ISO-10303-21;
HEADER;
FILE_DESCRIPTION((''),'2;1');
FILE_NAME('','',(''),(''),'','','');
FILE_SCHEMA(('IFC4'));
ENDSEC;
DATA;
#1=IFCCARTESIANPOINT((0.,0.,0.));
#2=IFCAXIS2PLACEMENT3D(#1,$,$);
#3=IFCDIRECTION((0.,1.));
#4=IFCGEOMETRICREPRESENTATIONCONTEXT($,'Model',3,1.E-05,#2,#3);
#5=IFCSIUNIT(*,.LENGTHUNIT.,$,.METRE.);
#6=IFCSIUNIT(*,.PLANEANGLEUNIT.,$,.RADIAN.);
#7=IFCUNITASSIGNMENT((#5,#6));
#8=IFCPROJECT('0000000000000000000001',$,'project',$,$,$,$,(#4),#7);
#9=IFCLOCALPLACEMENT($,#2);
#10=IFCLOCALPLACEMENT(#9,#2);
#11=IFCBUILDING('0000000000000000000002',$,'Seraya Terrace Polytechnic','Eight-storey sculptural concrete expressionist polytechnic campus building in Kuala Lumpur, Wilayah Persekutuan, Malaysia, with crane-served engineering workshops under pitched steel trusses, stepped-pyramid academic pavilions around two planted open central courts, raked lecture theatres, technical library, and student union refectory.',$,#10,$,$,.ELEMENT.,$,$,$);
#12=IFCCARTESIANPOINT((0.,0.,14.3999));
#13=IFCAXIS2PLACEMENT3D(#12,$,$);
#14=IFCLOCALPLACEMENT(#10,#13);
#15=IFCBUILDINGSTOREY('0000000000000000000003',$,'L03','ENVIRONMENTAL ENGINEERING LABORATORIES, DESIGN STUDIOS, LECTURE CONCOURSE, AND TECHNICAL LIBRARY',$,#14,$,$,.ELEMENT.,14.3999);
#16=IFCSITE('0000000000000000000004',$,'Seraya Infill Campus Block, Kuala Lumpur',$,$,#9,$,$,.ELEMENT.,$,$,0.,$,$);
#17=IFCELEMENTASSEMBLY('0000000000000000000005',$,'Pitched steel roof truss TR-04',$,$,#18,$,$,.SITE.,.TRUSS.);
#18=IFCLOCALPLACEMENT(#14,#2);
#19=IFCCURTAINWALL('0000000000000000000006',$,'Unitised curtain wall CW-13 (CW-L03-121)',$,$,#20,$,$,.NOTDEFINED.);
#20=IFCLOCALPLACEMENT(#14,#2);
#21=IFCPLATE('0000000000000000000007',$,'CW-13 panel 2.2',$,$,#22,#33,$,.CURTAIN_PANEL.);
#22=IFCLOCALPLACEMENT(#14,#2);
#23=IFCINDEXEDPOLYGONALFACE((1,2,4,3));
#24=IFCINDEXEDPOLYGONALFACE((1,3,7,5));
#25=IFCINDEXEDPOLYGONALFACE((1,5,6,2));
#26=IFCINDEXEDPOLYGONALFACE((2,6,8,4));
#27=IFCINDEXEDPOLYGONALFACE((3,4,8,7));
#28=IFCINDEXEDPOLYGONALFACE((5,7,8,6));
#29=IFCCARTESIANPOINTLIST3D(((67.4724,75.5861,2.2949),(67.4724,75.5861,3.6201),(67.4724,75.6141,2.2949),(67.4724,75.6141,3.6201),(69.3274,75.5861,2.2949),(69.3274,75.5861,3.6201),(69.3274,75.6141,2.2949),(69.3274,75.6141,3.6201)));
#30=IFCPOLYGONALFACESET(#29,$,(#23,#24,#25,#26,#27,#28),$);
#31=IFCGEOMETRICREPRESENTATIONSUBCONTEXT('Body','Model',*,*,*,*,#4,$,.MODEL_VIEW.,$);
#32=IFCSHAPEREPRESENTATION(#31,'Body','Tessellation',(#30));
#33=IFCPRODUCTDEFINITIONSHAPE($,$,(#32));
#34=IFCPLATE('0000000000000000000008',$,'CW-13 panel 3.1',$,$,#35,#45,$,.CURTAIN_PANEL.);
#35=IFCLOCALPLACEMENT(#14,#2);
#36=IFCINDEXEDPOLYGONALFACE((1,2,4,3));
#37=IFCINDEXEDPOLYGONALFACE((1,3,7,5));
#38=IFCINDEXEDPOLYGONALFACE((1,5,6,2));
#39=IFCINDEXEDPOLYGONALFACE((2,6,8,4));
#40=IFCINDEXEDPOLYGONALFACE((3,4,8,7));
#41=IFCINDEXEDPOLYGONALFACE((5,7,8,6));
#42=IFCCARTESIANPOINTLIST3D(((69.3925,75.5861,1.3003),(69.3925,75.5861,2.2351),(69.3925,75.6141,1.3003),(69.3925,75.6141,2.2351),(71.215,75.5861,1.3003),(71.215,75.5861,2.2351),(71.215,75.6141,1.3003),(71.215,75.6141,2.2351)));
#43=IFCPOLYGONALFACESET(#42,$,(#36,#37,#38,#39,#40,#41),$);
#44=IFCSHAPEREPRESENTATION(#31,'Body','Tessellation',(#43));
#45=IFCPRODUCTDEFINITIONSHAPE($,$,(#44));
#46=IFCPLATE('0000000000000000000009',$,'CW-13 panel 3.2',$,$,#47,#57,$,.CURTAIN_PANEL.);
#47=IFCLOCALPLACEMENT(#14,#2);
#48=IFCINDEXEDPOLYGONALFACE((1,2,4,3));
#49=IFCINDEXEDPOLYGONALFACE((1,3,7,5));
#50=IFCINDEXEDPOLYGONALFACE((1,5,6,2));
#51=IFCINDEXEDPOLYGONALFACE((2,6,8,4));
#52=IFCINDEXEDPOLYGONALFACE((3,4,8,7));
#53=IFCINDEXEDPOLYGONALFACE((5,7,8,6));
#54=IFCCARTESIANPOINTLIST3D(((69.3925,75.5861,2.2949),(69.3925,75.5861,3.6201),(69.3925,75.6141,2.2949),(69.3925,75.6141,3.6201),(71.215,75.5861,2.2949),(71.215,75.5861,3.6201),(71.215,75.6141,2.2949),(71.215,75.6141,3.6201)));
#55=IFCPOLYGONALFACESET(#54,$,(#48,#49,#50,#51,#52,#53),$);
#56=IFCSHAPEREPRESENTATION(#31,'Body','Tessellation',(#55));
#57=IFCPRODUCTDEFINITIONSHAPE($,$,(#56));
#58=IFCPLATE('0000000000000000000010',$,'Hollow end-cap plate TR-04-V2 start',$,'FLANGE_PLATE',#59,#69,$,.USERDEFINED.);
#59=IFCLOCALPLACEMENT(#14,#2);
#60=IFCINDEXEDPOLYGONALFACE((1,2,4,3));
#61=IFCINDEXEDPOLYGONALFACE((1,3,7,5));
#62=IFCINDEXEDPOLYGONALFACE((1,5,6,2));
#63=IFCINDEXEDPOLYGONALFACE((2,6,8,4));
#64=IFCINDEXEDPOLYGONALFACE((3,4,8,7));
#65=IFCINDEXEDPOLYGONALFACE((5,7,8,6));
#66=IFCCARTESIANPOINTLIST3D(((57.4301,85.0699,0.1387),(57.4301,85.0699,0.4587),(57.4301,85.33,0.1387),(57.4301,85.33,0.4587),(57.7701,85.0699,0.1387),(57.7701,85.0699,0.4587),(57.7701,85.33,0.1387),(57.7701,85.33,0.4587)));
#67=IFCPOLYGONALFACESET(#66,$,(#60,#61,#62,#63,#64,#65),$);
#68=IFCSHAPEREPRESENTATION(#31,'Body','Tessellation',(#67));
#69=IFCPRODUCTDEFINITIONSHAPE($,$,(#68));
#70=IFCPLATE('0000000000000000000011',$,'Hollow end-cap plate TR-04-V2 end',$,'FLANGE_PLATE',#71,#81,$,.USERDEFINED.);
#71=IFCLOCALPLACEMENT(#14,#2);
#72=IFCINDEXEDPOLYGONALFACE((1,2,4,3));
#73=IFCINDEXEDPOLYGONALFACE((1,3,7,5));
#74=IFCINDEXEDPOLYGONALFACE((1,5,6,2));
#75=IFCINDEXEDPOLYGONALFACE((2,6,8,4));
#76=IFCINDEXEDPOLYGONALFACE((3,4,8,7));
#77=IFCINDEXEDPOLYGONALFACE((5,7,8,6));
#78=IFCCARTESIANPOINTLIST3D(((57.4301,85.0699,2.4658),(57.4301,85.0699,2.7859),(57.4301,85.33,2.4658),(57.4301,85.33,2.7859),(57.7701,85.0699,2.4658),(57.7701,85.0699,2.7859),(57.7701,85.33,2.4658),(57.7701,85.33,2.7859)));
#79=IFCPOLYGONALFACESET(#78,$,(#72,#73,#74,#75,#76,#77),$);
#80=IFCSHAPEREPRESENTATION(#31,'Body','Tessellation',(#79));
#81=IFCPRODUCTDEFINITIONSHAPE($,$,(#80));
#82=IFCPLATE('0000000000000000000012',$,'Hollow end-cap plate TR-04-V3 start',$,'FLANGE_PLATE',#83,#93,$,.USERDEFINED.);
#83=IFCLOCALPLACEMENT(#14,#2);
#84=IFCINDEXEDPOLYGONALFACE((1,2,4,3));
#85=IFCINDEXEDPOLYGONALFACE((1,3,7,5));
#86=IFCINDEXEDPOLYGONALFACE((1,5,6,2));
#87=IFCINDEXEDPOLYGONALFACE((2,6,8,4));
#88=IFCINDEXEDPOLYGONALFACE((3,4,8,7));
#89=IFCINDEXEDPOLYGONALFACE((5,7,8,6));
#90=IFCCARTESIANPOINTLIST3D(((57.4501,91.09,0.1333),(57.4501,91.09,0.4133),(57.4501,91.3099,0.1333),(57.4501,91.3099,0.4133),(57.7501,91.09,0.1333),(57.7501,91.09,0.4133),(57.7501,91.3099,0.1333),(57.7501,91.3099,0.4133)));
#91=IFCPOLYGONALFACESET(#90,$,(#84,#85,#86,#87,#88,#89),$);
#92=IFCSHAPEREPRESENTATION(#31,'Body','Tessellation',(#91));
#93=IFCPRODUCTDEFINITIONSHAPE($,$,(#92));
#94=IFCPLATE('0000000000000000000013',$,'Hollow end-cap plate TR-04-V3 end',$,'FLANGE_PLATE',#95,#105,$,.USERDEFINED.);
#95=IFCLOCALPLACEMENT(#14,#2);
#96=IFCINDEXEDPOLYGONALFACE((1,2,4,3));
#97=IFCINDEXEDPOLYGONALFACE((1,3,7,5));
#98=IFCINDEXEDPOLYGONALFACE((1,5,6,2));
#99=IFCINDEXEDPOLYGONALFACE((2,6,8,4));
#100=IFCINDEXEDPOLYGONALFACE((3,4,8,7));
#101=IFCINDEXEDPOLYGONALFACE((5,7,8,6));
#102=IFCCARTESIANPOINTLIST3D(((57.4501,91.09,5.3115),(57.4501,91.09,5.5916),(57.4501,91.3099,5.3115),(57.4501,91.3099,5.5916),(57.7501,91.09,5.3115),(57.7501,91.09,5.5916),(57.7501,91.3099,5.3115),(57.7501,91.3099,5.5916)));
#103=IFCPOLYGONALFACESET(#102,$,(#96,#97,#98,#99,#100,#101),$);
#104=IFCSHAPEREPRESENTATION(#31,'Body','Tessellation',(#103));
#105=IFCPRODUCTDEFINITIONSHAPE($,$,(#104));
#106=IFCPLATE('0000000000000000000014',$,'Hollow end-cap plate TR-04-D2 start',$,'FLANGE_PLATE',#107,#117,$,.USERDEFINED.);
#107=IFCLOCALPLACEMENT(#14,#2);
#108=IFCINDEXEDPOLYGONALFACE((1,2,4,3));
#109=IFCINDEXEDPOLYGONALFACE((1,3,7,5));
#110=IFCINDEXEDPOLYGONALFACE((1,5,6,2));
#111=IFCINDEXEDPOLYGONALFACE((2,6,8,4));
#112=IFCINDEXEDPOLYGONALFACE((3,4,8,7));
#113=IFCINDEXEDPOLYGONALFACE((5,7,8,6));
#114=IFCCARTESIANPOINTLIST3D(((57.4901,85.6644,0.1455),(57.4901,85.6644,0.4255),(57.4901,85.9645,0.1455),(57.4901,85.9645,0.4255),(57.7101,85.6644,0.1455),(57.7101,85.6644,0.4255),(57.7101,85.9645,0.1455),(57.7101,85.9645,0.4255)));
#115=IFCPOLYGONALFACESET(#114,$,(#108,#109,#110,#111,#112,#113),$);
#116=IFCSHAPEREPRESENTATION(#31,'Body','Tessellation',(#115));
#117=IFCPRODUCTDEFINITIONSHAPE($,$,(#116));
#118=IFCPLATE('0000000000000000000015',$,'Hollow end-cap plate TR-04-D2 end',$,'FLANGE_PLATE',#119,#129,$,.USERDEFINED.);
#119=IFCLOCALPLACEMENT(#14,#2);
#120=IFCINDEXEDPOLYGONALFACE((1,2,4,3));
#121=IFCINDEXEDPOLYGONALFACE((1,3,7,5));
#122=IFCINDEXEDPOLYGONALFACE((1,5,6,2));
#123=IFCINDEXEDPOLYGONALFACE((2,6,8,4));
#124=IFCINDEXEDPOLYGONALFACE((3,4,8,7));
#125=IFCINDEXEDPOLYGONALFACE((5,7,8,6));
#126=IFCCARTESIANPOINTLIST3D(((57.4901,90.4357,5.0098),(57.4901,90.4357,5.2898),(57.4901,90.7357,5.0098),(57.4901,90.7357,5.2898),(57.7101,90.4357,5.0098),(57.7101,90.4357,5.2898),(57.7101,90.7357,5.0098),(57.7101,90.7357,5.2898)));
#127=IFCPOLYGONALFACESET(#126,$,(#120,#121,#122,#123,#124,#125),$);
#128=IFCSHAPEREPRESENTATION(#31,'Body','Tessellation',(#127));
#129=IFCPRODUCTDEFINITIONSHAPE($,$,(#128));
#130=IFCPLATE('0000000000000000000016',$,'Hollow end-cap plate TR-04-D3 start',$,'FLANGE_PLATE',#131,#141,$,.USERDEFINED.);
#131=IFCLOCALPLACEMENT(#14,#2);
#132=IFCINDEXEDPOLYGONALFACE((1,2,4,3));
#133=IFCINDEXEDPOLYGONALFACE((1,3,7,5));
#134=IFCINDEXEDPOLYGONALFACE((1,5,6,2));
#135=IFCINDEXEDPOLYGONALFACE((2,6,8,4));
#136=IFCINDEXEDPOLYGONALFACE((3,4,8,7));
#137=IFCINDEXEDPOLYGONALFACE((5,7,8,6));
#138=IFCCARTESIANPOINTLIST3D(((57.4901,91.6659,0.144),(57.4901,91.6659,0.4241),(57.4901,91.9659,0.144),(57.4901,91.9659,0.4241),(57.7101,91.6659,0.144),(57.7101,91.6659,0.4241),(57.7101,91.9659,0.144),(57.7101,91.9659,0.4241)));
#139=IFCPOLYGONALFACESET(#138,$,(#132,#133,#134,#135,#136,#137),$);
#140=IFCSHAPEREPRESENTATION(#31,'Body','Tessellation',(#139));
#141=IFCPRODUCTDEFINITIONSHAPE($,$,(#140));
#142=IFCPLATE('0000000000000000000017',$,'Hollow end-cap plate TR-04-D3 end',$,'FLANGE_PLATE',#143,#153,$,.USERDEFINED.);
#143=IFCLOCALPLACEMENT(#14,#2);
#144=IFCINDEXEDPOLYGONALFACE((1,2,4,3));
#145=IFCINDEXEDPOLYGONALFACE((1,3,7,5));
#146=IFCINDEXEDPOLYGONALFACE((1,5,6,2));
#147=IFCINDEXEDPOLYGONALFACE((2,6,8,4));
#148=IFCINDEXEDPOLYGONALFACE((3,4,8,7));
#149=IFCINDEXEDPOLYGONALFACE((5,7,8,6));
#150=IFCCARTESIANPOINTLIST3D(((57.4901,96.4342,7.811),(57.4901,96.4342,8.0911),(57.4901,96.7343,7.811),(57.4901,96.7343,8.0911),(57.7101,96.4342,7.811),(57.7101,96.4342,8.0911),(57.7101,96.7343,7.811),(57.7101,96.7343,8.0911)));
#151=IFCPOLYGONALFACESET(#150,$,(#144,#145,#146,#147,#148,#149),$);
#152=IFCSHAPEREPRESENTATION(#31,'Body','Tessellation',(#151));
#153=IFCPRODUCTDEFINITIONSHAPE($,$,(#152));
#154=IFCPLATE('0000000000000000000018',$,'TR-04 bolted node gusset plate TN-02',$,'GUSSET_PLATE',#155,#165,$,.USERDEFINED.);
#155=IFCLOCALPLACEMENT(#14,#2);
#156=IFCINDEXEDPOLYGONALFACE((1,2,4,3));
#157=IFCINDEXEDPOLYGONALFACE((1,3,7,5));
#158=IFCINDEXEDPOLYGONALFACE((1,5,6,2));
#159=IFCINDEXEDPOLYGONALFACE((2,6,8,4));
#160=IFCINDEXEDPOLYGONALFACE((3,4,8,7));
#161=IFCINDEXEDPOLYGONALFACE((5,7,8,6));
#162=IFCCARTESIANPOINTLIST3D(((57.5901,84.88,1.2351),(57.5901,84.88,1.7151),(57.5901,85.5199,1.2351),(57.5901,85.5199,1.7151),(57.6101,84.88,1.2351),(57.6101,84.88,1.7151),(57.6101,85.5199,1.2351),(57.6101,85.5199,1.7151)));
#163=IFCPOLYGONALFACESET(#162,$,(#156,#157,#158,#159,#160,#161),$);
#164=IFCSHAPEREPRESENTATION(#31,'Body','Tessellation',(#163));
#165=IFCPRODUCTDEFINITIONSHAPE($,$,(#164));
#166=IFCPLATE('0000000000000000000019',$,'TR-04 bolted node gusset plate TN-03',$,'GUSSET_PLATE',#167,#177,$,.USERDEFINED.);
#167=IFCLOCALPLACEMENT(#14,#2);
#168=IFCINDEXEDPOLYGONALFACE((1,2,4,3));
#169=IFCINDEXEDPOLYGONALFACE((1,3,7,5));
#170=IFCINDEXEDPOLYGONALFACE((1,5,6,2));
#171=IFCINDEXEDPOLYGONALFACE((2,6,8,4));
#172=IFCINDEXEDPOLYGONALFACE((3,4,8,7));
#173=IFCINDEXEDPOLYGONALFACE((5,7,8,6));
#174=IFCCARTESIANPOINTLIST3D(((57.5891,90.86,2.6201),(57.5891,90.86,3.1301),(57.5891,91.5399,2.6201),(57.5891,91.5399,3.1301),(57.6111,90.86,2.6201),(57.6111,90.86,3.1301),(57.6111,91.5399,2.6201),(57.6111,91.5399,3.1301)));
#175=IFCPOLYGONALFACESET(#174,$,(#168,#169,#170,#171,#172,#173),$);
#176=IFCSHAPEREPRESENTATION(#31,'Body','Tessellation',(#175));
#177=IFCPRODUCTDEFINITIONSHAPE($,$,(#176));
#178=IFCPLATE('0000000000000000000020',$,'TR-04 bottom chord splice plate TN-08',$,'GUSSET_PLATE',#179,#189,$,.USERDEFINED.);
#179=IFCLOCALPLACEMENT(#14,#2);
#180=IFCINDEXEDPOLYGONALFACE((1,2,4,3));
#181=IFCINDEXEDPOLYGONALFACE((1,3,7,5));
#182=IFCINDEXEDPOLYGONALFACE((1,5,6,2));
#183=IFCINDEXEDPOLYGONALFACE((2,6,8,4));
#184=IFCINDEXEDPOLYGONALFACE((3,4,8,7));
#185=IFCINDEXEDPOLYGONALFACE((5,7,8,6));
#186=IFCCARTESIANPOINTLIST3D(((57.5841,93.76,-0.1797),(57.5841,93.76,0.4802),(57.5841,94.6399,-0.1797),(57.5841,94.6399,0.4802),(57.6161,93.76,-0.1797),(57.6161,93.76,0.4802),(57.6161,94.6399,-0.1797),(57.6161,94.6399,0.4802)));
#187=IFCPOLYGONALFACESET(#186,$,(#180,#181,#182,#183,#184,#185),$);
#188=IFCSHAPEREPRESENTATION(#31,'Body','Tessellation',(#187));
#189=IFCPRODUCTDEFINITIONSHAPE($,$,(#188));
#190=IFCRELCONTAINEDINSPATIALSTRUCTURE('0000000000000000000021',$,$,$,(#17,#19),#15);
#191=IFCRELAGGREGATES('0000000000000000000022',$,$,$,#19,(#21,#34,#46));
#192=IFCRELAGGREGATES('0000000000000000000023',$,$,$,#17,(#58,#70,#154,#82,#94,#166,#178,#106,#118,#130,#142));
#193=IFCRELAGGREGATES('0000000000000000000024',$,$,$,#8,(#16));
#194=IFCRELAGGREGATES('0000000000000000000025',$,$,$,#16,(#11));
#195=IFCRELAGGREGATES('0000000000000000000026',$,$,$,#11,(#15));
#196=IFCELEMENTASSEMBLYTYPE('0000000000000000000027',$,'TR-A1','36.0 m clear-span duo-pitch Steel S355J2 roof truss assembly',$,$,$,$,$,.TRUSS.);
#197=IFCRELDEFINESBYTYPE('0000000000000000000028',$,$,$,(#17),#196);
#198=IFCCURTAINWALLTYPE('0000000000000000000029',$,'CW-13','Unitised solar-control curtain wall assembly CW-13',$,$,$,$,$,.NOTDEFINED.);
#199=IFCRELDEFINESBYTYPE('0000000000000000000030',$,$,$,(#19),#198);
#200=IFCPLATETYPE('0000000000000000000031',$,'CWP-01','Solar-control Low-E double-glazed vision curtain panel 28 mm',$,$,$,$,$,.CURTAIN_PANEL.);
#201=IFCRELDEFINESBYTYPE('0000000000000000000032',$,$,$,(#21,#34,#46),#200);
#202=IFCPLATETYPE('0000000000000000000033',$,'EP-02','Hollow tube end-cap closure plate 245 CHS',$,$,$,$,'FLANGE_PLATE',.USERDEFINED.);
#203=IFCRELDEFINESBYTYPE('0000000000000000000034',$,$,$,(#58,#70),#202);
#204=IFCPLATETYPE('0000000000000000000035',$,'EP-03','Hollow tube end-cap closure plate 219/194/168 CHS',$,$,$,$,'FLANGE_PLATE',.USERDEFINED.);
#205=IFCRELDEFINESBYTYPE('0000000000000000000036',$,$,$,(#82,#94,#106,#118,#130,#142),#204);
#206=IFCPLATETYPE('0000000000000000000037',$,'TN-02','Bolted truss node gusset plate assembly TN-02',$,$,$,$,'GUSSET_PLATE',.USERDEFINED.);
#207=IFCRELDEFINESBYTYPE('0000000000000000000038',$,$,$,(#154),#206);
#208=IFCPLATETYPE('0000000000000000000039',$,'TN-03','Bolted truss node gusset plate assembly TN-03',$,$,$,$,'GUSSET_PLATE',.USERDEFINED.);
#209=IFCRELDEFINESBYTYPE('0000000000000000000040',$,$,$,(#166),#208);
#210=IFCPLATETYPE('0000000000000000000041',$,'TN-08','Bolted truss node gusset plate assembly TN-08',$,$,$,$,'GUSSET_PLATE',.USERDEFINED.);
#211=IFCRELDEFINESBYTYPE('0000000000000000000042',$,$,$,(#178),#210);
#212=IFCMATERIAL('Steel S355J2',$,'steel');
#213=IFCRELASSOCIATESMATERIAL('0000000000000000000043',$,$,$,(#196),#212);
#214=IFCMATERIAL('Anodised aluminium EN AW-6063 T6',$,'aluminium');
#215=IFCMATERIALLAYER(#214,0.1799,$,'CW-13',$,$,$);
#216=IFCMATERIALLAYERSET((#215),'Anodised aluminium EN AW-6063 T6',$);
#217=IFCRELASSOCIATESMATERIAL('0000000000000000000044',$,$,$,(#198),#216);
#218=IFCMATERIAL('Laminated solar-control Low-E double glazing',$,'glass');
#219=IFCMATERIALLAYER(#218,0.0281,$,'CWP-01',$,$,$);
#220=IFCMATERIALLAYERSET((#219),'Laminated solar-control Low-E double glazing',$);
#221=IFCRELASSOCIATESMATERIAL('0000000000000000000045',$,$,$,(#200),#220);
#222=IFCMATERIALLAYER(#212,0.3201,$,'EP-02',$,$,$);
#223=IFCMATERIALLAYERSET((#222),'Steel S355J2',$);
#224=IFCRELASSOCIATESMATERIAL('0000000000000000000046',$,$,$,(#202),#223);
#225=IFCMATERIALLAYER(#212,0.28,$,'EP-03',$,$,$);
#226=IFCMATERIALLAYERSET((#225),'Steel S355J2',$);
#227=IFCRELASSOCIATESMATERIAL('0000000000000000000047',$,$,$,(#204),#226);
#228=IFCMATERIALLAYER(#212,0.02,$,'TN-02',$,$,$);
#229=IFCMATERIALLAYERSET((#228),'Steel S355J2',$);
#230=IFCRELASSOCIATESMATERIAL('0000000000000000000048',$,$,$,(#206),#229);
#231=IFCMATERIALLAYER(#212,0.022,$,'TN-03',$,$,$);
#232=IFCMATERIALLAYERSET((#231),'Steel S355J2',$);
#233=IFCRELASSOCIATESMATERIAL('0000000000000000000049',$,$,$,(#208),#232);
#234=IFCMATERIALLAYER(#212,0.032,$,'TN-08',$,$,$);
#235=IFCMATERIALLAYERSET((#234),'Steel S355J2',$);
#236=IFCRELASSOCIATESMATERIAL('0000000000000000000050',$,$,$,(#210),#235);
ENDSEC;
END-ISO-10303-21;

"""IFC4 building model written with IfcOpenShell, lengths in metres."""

from ifc_helpers import new_model, si_unit, direction, frame, origin, origin_2d, place, context, subcontext, project, spatial, rectangle, extrude, material, layer, layer_set, type_object, element, aggregate, save


model = new_model("IFC4")

# Units and contexts
model_context = context("Model", 3, precision=1e-05, world=origin(), true_north=direction((0.0, 1.0)))
body_context = subcontext(model_context, "Body", "Model", "MODEL_VIEW")
ifc_project = project(units=[si_unit("LENGTHUNIT", "METRE"), si_unit("PLANEANGLEUNIT", "RADIAN")], contexts=[model_context])

# Site, building, storey
site_placement = place(None, origin())
site = spatial("IfcSite", under=ifc_project, at=site_placement, Name="Seraya Infill Campus Block, Kuala Lumpur", CompositionType="ELEMENT", RefElevation=0.0)
building_placement = place(site_placement, origin())
building = spatial("IfcBuilding", under=site, at=building_placement, Name="Seraya Terrace Polytechnic", Description="Eight-storey sculptural concrete expressionist polytechnic campus building in Kuala Lumpur, Wilayah Persekutuan, Malaysia, with crane-served engineering workshops under pitched steel trusses, stepped-pyramid academic pavilions around two planted open central courts, raked lecture theatres, technical library, and student union refectory.", CompositionType="ELEMENT")
storey_placement = place(building_placement, frame((0.0, 0.0, 14.3999)))
storey = spatial("IfcBuildingStorey", under=building, at=storey_placement, Name="L03", Description="ENVIRONMENTAL ENGINEERING LABORATORIES, DESIGN STUDIOS, LECTURE CONCOURSE, AND TECHNICAL LIBRARY", CompositionType="ELEMENT", Elevation=14.3999)

# Element assembly
ifc_material_1 = material(Name="Steel S355J2", Category="steel")
element_assembly_type = type_object("IfcElementAssemblyType", Name="TR-A1", Description="36.0 m clear-span duo-pitch Steel S355J2 roof truss assembly", PredefinedType="TRUSS", material=ifc_material_1)
assembly_placement = place(storey_placement, origin())
assembly = element("IfcElementAssembly", 1, at=assembly_placement, inside=storey, type_object=element_assembly_type, Name="Pitched steel roof truss TR-04", AssemblyPlace="SITE", PredefinedType="TRUSS")

# Curtain wall
ifc_material_2 = material(Name="Anodised aluminium EN AW-6063 T6", Category="aluminium")
ifc_layer_1 = layer(ifc_material_2, 0.1799, Name="CW-13")
ifc_layer_set_1 = layer_set([ifc_layer_1], Name="Anodised aluminium EN AW-6063 T6")
curtain_wall_type = type_object("IfcCurtainWallType", Name="CW-13", Description="Unitised solar-control curtain wall assembly CW-13", PredefinedType="NOTDEFINED", material=ifc_layer_set_1)
curtain_wall_placement = place(storey_placement, origin())
curtain_wall = element("IfcCurtainWall", 2, at=curtain_wall_placement, inside=storey, type_object=curtain_wall_type, Name="Unitised curtain wall CW-13 (CW-L03-121)", PredefinedType="NOTDEFINED")

# Plates
ifc_material_3 = material(Name="Laminated solar-control Low-E double glazing", Category="glass")
ifc_layer_2 = layer(ifc_material_3, 0.0281, Name="CWP-01")
ifc_layer_set_2 = layer_set([ifc_layer_2], Name="Laminated solar-control Low-E double glazing")
plate_type_1 = type_object("IfcPlateType", Name="CWP-01", Description="Solar-control Low-E double-glazed vision curtain panel 28 mm", PredefinedType="CURTAIN_PANEL", material=ifc_layer_set_2)
plate_1_placement = place(storey_placement, frame((68.3999, 75.6001, 2.2949), z_axis=(0.0, 0.0, 1.0), x_axis=(1.0, 0.0, 0.0)))
plate_1 = element("IfcPlate", 3, at=plate_1_placement, type_object=plate_type_1, Name="CW-13 panel 2.2", PredefinedType="CURTAIN_PANEL", context=body_context, shape_type="SweptSolid", body=[
    extrude(rectangle(XDim=1.855, YDim=0.0281, at=origin_2d()), origin(), (0.0, 0.0, 1.0), 1.3252),
])
plate_2_placement = place(storey_placement, frame((70.3037, 75.6001, 1.3003), z_axis=(0.0, 0.0, 1.0), x_axis=(1.0, 0.0, 0.0)))
plate_2 = element("IfcPlate", 4, at=plate_2_placement, type_object=plate_type_1, Name="CW-13 panel 3.1", PredefinedType="CURTAIN_PANEL", context=body_context, shape_type="SweptSolid", body=[
    extrude(rectangle(XDim=1.8225, YDim=0.0281, at=origin_2d()), origin(), (0.0, 0.0, 1.0), 0.9348),
])
plate_3_placement = place(storey_placement, frame((70.3037, 75.6001, 2.2949), z_axis=(0.0, 0.0, 1.0), x_axis=(1.0, 0.0, 0.0)))
plate_3 = element("IfcPlate", 5, at=plate_3_placement, type_object=plate_type_1, Name="CW-13 panel 3.2", PredefinedType="CURTAIN_PANEL", context=body_context, shape_type="SweptSolid", body=[
    extrude(rectangle(XDim=1.8225, YDim=0.0281, at=origin_2d()), origin(), (0.0, 0.0, 1.0), 1.3252),
])
aggregate(curtain_wall, [plate_1, plate_2, plate_3])
ifc_layer_3 = layer(ifc_material_1, 0.3201, Name="EP-02")
ifc_layer_set_3 = layer_set([ifc_layer_3], Name="Steel S355J2")
plate_type_2 = type_object("IfcPlateType", Name="EP-02", Description="Hollow tube end-cap closure plate 245 CHS", ElementType="FLANGE_PLATE", PredefinedType="USERDEFINED", material=ifc_layer_set_3)
plate_4_placement = place(storey_placement, frame((57.6001, 85.2, 0.1387), z_axis=(0.0, 0.0, 1.0), x_axis=(1.0, 0.0, 0.0)))
plate_4 = element("IfcPlate", 6, at=plate_4_placement, type_object=plate_type_2, Name="Hollow end-cap plate TR-04-V2 start", ObjectType="FLANGE_PLATE", PredefinedType="USERDEFINED", context=body_context, shape_type="SweptSolid", body=[
    extrude(rectangle(XDim=0.3401, YDim=0.26, at=origin_2d()), origin(), (0.0, 0.0, 1.0), 0.3201),
])
plate_5_placement = place(storey_placement, frame((57.6001, 85.2, 2.4658), z_axis=(0.0, 0.0, 1.0), x_axis=(1.0, 0.0, 0.0)))
plate_5 = element("IfcPlate", 7, at=plate_5_placement, type_object=plate_type_2, Name="Hollow end-cap plate TR-04-V2 end", ObjectType="FLANGE_PLATE", PredefinedType="USERDEFINED", context=body_context, shape_type="SweptSolid", body=[
    extrude(rectangle(XDim=0.3401, YDim=0.26, at=origin_2d()), origin(), (0.0, 0.0, 1.0), 0.3201),
])
ifc_layer_4 = layer(ifc_material_1, 0.28, Name="EP-03")
ifc_layer_set_4 = layer_set([ifc_layer_4], Name="Steel S355J2")
plate_type_3 = type_object("IfcPlateType", Name="EP-03", Description="Hollow tube end-cap closure plate 219/194/168 CHS", ElementType="FLANGE_PLATE", PredefinedType="USERDEFINED", material=ifc_layer_set_4)
plate_6_placement = place(storey_placement, frame((57.6001, 91.2, 0.1333), z_axis=(0.0, 0.0, 1.0), x_axis=(1.0, 0.0, 0.0)))
plate_6 = element("IfcPlate", 8, at=plate_6_placement, type_object=plate_type_3, Name="Hollow end-cap plate TR-04-V3 start", ObjectType="FLANGE_PLATE", PredefinedType="USERDEFINED", context=body_context, shape_type="SweptSolid", body=[
    extrude(rectangle(XDim=0.3, YDim=0.22, at=origin_2d()), origin(), (0.0, 0.0, 1.0), 0.28),
])
plate_7_placement = place(storey_placement, frame((57.6001, 91.2, 5.3115), z_axis=(0.0, 0.0, 1.0), x_axis=(1.0, 0.0, 0.0)))
plate_7 = element("IfcPlate", 9, at=plate_7_placement, type_object=plate_type_3, Name="Hollow end-cap plate TR-04-V3 end", ObjectType="FLANGE_PLATE", PredefinedType="USERDEFINED", context=body_context, shape_type="SweptSolid", body=[
    extrude(rectangle(XDim=0.3, YDim=0.22, at=origin_2d()), origin(), (0.0, 0.0, 1.0), 0.28),
])
plate_8_placement = place(storey_placement, frame((57.6001, 85.8145, 0.1455), z_axis=(0.0, 0.0, 1.0), x_axis=(0.0, 1.0, 0.0)))
plate_8 = element("IfcPlate", 10, at=plate_8_placement, type_object=plate_type_3, Name="Hollow end-cap plate TR-04-D2 start", ObjectType="FLANGE_PLATE", PredefinedType="USERDEFINED", context=body_context, shape_type="SweptSolid", body=[
    extrude(rectangle(XDim=0.3, YDim=0.22, at=origin_2d()), origin(), (0.0, 0.0, 1.0), 0.28),
])
plate_9_placement = place(storey_placement, frame((57.6001, 90.5857, 5.0098), z_axis=(0.0, 0.0, 1.0), x_axis=(0.0, 1.0, 0.0)))
plate_9 = element("IfcPlate", 11, at=plate_9_placement, type_object=plate_type_3, Name="Hollow end-cap plate TR-04-D2 end", ObjectType="FLANGE_PLATE", PredefinedType="USERDEFINED", context=body_context, shape_type="SweptSolid", body=[
    extrude(rectangle(XDim=0.3, YDim=0.22, at=origin_2d()), origin(), (0.0, 0.0, 1.0), 0.28),
])
plate_10_placement = place(storey_placement, frame((57.6001, 91.8159, 0.144), z_axis=(0.0, 0.0, 1.0), x_axis=(0.0, 1.0, 0.0)))
plate_10 = element("IfcPlate", 12, at=plate_10_placement, type_object=plate_type_3, Name="Hollow end-cap plate TR-04-D3 start", ObjectType="FLANGE_PLATE", PredefinedType="USERDEFINED", context=body_context, shape_type="SweptSolid", body=[
    extrude(rectangle(XDim=0.3, YDim=0.22, at=origin_2d()), origin(), (0.0, 0.0, 1.0), 0.28),
])
plate_11_placement = place(storey_placement, frame((57.6001, 96.5842, 7.811), z_axis=(0.0, 0.0, 1.0), x_axis=(0.0, 1.0, 0.0)))
plate_11 = element("IfcPlate", 13, at=plate_11_placement, type_object=plate_type_3, Name="Hollow end-cap plate TR-04-D3 end", ObjectType="FLANGE_PLATE", PredefinedType="USERDEFINED", context=body_context, shape_type="SweptSolid", body=[
    extrude(rectangle(XDim=0.3, YDim=0.22, at=origin_2d()), origin(), (0.0, 0.0, 1.0), 0.28),
])
ifc_layer_5 = layer(ifc_material_1, 0.02, Name="TN-02")
ifc_layer_set_5 = layer_set([ifc_layer_5], Name="Steel S355J2")
plate_type_4 = type_object("IfcPlateType", Name="TN-02", Description="Bolted truss node gusset plate assembly TN-02", ElementType="GUSSET_PLATE", PredefinedType="USERDEFINED", material=ifc_layer_set_5)
plate_12_placement = place(storey_placement, frame((57.6001, 85.2, 1.2351), z_axis=(0.0, 0.0, 1.0), x_axis=(0.0, 1.0, 0.0)))
plate_12 = element("IfcPlate", 14, at=plate_12_placement, type_object=plate_type_4, Name="TR-04 bolted node gusset plate TN-02", ObjectType="GUSSET_PLATE", PredefinedType="USERDEFINED", context=body_context, shape_type="SweptSolid", body=[
    extrude(rectangle(XDim=0.6399, YDim=0.02, at=origin_2d()), origin(), (0.0, 0.0, 1.0), 0.48),
])
ifc_layer_6 = layer(ifc_material_1, 0.022, Name="TN-03")
ifc_layer_set_6 = layer_set([ifc_layer_6], Name="Steel S355J2")
plate_type_5 = type_object("IfcPlateType", Name="TN-03", Description="Bolted truss node gusset plate assembly TN-03", ElementType="GUSSET_PLATE", PredefinedType="USERDEFINED", material=ifc_layer_set_6)
plate_13_placement = place(storey_placement, frame((57.6001, 91.2, 2.6201), z_axis=(0.0, 0.0, 1.0), x_axis=(0.0, 1.0, 0.0)))
plate_13 = element("IfcPlate", 15, at=plate_13_placement, type_object=plate_type_5, Name="TR-04 bolted node gusset plate TN-03", ObjectType="GUSSET_PLATE", PredefinedType="USERDEFINED", context=body_context, shape_type="SweptSolid", body=[
    extrude(rectangle(XDim=0.6799, YDim=0.022, at=origin_2d()), origin(), (0.0, 0.0, 1.0), 0.51),
])
ifc_layer_7 = layer(ifc_material_1, 0.032, Name="TN-08")
ifc_layer_set_7 = layer_set([ifc_layer_7], Name="Steel S355J2")
plate_type_6 = type_object("IfcPlateType", Name="TN-08", Description="Bolted truss node gusset plate assembly TN-08", ElementType="GUSSET_PLATE", PredefinedType="USERDEFINED", material=ifc_layer_set_7)
plate_14_placement = place(storey_placement, frame((57.6001, 94.2, -0.1797), z_axis=(0.0, 0.0, 1.0), x_axis=(0.0, 1.0, 0.0)))
plate_14 = element("IfcPlate", 16, at=plate_14_placement, type_object=plate_type_6, Name="TR-04 bottom chord splice plate TN-08", ObjectType="GUSSET_PLATE", PredefinedType="USERDEFINED", context=body_context, shape_type="SweptSolid", body=[
    extrude(rectangle(XDim=0.8799, YDim=0.032, at=origin_2d()), origin(), (0.0, 0.0, 1.0), 0.6599),
])
aggregate(assembly, [plate_4, plate_5, plate_12, plate_6, plate_7, plate_13, plate_14, plate_8, plate_9, plate_10, plate_11])

save(model, "model.ifc")
